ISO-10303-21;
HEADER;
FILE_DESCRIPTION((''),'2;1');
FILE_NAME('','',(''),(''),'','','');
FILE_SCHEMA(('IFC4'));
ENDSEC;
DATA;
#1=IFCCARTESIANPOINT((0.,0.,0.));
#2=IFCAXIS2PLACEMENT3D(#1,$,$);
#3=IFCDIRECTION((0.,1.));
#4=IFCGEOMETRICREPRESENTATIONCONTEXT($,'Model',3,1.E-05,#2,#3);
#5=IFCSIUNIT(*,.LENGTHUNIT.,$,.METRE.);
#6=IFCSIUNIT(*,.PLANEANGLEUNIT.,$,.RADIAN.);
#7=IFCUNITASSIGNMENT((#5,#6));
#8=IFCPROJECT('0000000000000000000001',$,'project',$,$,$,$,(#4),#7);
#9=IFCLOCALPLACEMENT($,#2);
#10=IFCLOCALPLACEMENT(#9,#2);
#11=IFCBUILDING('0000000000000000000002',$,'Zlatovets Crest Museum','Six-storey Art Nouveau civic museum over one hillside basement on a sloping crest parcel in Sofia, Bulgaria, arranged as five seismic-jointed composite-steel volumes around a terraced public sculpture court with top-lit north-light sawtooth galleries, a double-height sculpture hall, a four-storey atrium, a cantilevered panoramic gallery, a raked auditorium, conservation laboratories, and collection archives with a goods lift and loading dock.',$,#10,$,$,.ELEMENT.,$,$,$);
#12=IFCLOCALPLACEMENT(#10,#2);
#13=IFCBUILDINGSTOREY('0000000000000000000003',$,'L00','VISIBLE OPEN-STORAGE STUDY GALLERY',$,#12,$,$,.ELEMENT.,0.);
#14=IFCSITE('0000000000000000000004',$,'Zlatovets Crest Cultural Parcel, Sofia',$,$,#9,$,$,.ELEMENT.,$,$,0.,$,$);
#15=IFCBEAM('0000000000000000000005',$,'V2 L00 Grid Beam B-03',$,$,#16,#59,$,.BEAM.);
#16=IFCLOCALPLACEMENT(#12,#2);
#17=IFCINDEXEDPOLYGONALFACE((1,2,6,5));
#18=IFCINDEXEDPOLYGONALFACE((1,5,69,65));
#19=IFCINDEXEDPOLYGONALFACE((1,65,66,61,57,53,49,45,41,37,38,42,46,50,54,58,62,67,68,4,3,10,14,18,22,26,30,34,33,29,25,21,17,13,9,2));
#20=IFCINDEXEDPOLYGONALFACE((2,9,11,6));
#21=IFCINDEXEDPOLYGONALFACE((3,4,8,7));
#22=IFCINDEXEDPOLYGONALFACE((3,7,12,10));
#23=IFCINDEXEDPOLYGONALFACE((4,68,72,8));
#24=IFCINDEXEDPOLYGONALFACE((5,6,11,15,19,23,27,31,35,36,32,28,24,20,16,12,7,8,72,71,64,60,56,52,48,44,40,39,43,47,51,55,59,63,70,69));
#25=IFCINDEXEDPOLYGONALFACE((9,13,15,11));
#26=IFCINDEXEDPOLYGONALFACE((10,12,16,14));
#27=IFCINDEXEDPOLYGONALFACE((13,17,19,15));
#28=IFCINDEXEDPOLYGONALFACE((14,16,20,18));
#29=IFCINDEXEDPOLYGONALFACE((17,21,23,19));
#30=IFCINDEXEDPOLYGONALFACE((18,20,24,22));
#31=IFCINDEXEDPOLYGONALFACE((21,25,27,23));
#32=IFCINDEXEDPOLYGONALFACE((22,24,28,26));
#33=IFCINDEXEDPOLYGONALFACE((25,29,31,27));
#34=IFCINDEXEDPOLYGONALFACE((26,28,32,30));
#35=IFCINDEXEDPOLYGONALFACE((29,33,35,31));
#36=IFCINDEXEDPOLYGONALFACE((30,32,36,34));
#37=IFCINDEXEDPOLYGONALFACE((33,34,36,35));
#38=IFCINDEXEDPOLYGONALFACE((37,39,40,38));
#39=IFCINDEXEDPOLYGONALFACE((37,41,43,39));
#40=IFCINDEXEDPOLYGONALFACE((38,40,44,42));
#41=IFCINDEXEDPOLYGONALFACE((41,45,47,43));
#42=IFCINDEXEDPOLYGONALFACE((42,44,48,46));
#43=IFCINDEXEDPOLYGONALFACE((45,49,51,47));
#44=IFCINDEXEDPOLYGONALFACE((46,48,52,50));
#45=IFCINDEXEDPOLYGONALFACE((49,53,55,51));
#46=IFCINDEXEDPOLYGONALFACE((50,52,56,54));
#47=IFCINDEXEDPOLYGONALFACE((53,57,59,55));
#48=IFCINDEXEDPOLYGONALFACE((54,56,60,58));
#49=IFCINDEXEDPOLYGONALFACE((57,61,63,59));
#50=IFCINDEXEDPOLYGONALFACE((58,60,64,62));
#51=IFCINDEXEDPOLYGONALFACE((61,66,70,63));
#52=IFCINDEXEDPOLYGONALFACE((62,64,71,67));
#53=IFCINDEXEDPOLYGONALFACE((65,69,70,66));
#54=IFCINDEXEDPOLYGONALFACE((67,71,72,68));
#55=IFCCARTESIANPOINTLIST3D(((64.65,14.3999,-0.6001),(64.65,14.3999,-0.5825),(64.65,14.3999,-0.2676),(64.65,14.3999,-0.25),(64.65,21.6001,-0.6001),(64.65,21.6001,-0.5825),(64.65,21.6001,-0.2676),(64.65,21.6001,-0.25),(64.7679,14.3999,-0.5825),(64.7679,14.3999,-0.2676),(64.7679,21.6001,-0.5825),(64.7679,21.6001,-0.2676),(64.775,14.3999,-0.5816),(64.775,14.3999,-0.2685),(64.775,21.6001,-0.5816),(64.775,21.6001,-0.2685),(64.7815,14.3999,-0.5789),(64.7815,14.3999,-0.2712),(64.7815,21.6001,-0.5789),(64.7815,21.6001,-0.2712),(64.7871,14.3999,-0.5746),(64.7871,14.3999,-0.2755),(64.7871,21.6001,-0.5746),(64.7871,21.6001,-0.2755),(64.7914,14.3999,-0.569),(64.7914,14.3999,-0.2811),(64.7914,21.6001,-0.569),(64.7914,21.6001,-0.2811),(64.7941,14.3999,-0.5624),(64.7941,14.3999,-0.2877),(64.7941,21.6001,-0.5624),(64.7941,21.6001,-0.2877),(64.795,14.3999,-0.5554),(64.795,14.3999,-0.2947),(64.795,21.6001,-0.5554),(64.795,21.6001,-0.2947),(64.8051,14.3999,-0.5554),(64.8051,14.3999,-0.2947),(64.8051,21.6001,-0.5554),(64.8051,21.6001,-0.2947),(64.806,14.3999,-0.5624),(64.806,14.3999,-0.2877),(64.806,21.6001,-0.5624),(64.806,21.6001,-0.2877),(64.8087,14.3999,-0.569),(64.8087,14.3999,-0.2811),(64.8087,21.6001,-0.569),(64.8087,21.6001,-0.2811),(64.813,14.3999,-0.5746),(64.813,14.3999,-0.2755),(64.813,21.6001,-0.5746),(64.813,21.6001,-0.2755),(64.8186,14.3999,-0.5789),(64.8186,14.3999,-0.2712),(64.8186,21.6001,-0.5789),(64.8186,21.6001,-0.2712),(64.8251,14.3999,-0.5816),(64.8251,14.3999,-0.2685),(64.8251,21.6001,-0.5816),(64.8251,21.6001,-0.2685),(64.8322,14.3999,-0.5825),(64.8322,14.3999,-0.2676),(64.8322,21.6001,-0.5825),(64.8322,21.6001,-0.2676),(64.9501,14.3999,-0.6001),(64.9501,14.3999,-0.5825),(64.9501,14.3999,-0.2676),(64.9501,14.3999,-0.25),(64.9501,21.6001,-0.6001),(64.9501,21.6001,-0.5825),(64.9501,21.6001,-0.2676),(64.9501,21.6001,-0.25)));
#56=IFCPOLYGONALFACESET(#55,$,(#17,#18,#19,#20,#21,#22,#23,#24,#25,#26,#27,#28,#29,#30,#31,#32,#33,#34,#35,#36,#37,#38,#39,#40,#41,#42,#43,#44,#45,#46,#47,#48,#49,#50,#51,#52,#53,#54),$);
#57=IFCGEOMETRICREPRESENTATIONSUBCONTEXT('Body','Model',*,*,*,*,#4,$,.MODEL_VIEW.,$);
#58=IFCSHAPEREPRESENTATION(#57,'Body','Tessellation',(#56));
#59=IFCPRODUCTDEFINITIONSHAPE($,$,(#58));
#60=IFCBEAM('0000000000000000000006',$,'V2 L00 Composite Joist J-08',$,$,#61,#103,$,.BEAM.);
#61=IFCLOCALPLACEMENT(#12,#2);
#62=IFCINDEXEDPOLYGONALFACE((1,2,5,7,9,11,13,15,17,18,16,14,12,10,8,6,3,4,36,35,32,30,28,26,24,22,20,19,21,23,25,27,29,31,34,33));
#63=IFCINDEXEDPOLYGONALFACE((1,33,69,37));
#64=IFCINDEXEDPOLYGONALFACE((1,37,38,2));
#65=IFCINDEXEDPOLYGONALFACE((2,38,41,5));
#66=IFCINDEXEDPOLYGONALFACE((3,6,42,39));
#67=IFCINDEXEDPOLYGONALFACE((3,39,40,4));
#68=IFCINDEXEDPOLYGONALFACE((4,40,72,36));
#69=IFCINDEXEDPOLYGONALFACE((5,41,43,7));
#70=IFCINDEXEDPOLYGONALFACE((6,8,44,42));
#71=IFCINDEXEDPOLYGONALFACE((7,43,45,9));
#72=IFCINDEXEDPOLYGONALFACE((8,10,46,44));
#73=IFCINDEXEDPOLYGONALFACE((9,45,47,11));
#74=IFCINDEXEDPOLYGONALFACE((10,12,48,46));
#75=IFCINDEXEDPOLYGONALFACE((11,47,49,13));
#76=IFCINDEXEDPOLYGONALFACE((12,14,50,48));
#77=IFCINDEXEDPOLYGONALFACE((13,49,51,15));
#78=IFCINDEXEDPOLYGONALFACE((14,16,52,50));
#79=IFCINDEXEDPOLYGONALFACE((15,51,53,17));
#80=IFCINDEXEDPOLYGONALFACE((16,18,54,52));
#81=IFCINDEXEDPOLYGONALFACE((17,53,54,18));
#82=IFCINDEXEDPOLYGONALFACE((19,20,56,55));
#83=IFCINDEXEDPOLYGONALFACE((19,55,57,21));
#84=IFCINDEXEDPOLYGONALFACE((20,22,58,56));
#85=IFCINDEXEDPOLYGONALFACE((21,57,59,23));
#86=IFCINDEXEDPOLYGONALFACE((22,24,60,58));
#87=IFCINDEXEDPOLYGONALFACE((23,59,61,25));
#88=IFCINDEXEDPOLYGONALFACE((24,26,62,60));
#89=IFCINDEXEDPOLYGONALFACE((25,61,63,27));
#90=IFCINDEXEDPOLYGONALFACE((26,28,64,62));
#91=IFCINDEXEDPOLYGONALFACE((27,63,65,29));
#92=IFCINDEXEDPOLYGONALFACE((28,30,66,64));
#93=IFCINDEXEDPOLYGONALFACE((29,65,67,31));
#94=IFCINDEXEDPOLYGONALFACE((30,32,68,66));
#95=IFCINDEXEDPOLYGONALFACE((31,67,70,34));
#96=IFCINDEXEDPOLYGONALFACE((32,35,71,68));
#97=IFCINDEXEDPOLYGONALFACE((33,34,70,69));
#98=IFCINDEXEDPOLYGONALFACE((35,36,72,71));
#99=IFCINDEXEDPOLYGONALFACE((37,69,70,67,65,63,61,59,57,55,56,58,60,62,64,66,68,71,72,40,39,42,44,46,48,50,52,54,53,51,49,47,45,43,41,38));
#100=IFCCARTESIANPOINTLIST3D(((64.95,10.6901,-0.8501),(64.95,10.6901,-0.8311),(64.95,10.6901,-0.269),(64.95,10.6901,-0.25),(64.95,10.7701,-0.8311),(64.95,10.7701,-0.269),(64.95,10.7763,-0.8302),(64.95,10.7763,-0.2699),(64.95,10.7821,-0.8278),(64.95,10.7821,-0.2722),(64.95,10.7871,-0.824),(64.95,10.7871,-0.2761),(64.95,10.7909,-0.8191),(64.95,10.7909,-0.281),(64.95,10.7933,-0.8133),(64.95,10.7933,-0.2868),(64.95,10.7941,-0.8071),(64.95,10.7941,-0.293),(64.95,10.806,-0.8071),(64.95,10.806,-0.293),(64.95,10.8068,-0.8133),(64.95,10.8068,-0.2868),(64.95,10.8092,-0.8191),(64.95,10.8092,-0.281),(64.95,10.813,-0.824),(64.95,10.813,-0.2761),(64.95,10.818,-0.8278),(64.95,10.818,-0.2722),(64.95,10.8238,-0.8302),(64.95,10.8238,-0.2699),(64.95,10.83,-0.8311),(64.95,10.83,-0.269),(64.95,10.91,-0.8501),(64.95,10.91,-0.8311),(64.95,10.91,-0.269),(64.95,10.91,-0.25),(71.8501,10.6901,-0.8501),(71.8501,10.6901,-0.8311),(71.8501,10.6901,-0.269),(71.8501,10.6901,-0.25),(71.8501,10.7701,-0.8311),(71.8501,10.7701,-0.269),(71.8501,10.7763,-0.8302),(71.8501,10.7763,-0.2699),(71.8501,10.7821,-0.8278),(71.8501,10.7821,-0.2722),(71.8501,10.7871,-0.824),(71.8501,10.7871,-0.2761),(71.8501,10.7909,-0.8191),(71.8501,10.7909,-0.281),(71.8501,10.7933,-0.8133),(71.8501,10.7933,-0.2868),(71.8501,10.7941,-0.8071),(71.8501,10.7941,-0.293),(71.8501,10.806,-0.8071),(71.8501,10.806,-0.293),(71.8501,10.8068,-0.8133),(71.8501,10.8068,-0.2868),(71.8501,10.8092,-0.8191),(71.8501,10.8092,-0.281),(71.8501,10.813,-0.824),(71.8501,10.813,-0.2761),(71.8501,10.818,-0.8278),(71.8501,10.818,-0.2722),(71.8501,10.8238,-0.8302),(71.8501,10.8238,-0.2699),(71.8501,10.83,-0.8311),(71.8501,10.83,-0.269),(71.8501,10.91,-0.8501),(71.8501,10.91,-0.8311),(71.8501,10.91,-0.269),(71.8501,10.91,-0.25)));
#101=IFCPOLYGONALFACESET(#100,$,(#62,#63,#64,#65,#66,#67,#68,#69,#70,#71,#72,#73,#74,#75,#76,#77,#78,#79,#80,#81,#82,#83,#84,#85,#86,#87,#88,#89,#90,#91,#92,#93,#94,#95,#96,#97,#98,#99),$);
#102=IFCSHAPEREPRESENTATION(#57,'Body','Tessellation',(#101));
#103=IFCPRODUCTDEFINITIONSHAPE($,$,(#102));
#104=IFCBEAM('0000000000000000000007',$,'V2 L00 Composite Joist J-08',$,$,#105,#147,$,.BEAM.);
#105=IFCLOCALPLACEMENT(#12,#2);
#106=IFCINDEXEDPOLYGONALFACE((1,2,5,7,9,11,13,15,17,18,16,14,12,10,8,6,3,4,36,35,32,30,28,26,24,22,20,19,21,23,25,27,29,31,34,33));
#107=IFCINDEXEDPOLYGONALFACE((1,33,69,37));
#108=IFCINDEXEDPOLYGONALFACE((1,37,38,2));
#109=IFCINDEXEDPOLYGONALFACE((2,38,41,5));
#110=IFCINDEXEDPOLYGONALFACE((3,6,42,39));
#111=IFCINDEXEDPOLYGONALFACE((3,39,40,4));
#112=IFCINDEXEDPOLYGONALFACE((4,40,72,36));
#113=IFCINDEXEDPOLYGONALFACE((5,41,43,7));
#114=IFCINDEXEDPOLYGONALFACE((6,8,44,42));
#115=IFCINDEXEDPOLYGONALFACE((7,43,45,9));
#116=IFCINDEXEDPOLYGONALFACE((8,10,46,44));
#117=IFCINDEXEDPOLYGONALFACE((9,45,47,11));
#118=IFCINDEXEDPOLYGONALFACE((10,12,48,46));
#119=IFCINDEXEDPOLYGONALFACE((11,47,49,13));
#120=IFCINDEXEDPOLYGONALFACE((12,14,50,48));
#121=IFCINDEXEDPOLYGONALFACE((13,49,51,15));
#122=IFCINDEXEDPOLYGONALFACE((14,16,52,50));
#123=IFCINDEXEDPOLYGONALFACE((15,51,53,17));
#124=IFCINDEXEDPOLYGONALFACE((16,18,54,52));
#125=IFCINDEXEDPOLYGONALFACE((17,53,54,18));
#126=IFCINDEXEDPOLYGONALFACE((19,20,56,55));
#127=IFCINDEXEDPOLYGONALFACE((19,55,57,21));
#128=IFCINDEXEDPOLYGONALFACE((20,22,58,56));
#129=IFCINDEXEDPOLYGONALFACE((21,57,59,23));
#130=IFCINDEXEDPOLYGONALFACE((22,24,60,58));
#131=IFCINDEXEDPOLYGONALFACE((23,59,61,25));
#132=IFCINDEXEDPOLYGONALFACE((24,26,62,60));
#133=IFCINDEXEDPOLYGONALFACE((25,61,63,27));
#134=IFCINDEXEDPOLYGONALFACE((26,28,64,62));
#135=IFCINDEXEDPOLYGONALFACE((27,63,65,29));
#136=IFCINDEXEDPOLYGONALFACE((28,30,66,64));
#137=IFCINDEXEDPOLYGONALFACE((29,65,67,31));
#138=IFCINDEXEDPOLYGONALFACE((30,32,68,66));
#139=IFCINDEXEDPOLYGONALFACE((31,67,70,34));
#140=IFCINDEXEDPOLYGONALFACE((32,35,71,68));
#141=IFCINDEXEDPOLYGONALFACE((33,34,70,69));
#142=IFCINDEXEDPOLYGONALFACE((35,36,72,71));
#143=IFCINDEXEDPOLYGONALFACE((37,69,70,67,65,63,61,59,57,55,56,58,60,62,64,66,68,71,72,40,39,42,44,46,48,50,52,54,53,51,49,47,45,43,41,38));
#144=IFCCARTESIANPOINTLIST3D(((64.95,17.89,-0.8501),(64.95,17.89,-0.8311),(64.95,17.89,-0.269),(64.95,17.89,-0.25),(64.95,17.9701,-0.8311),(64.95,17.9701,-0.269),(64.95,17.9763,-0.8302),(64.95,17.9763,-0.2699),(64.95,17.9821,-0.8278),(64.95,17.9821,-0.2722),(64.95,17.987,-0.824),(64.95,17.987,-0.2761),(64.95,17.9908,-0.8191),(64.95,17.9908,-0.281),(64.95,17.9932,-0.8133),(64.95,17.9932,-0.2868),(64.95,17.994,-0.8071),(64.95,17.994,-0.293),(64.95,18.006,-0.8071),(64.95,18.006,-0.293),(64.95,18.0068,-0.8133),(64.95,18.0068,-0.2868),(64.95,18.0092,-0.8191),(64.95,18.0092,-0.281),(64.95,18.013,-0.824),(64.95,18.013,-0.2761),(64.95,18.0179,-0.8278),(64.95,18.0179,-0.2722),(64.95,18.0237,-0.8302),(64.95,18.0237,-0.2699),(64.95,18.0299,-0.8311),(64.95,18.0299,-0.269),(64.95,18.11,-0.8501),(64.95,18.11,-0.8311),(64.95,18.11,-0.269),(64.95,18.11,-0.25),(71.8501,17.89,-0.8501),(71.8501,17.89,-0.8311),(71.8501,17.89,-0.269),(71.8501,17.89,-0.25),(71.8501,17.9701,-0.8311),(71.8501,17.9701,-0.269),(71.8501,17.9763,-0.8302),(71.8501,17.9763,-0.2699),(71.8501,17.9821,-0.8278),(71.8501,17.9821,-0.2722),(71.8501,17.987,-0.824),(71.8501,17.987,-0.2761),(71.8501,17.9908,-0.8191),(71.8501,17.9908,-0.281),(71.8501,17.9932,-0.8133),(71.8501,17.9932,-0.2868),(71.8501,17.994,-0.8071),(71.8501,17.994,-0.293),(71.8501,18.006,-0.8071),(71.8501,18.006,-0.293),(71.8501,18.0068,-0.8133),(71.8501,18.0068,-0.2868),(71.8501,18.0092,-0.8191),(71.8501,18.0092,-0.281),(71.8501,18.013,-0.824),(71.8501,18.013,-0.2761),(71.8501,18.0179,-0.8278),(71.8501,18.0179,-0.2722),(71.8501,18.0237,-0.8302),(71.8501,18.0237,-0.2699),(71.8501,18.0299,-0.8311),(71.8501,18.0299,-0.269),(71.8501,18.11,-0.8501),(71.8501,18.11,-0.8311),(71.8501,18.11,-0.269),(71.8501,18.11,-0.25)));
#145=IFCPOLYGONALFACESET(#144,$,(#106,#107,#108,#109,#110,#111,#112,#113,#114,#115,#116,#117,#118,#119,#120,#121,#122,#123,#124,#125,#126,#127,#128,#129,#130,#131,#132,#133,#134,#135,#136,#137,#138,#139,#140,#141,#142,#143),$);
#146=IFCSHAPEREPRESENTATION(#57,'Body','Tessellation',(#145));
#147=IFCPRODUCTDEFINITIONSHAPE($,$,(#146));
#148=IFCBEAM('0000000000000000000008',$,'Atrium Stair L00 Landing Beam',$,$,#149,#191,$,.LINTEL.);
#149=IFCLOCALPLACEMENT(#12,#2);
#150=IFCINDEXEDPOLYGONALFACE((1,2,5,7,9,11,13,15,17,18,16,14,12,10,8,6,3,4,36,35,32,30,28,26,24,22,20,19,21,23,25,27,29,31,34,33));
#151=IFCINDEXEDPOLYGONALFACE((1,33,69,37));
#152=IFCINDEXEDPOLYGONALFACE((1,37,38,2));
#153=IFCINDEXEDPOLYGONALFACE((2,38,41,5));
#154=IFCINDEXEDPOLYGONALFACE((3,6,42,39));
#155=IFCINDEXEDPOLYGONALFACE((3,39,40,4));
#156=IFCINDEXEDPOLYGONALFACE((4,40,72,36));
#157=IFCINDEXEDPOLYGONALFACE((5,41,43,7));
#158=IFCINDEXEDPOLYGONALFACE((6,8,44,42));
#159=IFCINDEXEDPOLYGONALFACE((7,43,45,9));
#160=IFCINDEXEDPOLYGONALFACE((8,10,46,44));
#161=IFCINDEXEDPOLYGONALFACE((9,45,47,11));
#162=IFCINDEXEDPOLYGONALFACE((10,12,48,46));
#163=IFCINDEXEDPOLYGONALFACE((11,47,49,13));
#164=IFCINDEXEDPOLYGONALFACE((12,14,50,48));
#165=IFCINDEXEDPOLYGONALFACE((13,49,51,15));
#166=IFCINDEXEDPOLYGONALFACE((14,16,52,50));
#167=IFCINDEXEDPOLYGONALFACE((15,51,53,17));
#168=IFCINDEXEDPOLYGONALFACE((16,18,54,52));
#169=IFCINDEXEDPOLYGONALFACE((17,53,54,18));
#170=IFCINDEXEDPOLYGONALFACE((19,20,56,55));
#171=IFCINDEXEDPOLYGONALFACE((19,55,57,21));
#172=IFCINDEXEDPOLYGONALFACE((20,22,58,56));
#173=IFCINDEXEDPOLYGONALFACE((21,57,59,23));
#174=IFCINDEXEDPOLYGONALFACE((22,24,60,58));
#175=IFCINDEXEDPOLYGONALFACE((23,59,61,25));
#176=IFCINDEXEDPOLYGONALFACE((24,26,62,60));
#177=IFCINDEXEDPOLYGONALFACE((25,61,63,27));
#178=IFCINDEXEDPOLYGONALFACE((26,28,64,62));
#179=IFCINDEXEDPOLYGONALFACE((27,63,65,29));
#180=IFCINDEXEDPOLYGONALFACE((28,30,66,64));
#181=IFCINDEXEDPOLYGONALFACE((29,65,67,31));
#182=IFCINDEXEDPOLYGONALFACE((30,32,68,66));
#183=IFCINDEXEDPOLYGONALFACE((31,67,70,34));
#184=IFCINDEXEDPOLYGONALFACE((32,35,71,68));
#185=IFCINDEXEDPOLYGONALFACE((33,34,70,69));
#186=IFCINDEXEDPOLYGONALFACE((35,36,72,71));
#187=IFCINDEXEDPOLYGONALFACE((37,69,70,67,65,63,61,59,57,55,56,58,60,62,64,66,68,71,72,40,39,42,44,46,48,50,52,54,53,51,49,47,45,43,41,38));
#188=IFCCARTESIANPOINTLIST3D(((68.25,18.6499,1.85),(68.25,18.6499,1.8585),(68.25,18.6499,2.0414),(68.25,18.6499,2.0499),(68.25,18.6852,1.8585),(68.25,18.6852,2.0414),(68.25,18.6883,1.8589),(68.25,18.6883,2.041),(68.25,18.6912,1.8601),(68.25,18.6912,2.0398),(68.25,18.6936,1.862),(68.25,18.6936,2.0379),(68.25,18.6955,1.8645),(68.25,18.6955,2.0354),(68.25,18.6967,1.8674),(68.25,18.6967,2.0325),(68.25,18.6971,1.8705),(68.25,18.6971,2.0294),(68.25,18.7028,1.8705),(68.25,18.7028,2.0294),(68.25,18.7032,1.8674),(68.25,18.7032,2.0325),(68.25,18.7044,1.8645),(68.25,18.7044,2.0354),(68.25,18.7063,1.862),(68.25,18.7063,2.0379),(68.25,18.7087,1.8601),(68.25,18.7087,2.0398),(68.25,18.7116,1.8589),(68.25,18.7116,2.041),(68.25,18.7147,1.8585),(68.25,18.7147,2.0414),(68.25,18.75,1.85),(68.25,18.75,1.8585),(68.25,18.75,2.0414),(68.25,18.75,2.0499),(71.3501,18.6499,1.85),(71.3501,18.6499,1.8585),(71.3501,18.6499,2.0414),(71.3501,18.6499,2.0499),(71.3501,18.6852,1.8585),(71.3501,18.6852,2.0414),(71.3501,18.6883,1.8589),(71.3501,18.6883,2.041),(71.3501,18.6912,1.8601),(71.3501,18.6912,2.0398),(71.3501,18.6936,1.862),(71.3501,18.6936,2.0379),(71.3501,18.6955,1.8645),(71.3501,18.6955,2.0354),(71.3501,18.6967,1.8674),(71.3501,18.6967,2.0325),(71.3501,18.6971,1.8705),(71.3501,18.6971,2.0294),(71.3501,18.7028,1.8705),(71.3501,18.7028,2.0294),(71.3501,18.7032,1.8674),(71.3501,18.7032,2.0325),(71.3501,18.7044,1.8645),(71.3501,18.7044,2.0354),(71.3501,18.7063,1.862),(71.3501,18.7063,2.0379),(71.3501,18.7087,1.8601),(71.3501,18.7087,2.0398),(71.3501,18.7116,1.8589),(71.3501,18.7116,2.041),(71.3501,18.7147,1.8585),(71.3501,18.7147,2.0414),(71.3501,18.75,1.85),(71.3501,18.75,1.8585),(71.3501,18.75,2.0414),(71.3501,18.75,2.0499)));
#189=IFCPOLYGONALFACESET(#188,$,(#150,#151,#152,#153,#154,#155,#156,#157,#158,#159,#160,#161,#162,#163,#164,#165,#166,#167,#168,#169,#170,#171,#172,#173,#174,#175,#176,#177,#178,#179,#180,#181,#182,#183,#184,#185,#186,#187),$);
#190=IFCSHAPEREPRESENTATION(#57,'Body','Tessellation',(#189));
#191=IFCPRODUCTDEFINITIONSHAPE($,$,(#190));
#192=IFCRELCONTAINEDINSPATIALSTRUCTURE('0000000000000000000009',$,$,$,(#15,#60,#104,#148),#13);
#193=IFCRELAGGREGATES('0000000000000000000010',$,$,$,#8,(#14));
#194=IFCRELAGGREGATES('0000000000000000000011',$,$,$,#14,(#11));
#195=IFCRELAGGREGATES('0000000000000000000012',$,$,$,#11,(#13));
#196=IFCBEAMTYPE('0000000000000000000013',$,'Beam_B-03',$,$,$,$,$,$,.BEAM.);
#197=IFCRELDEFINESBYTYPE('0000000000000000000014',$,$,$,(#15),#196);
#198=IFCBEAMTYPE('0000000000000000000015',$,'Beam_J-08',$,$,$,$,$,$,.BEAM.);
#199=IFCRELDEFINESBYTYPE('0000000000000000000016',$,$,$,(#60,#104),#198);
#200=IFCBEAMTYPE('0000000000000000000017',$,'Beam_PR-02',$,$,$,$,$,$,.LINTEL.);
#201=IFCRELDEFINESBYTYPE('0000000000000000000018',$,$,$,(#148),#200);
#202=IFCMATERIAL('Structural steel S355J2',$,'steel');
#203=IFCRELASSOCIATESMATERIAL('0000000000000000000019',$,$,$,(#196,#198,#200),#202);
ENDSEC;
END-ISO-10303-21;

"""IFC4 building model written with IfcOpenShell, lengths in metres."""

from ifc_helpers import new_model, si_unit, direction, frame, origin, origin_2d, place, context, subcontext, project, spatial, i_section, extrude, material, material_profile, profile_set, type_object, element, save


model = new_model("IFC4")

# Units and contexts
model_context = context("Model", 3, precision=1e-05, world=origin(), true_north=direction((0.0, 1.0)))
body_context = subcontext(model_context, "Body", "Model", "MODEL_VIEW")
ifc_project = project(units=[si_unit("LENGTHUNIT", "METRE"), si_unit("PLANEANGLEUNIT", "RADIAN")], contexts=[model_context])

# Site, building, storey
site_placement = place(None, origin())
site = spatial("IfcSite", under=ifc_project, at=site_placement, Name="Zlatovets Crest Cultural Parcel, Sofia", CompositionType="ELEMENT", RefElevation=0.0)
building_placement = place(site_placement, origin())
building = spatial("IfcBuilding", under=site, at=building_placement, Name="Zlatovets Crest Museum", Description="Six-storey Art Nouveau civic museum over one hillside basement on a sloping crest parcel in Sofia, Bulgaria, arranged as five seismic-jointed composite-steel volumes around a terraced public sculpture court with top-lit north-light sawtooth galleries, a double-height sculpture hall, a four-storey atrium, a cantilevered panoramic gallery, a raked auditorium, conservation laboratories, and collection archives with a goods lift and loading dock.", CompositionType="ELEMENT")
storey_placement = place(building_placement, origin())
storey = spatial("IfcBuildingStorey", under=building, at=storey_placement, Name="L00", Description="VISIBLE OPEN-STORAGE STUDY GALLERY", CompositionType="ELEMENT", Elevation=0.0)

# Shared definitions
ifc_material_1 = material(Name="Structural steel S355J2", Category="steel")

# Beams
ifc_material_profile_1 = material_profile(ifc_material_1, i_section(OverallWidth=0.3, OverallDepth=0.3501, WebThickness=0.01, FlangeThickness=0.0176, FilletRadius=0.0271, at=origin_2d()), Name="HEA 360")
ifc_profile_set_1 = profile_set([ifc_material_profile_1], Name="Structural steel S355J2")
beam_type_1 = type_object("IfcBeamType", Name="Beam_B-03", PredefinedType="BEAM", material=ifc_profile_set_1)
beam_1_placement = place(storey_placement, frame((64.8, 14.3999, -0.425), z_axis=(0.0, 1.0, 0.0), x_axis=(-1.0, 0.0, 0.0)))
element("IfcBeam", 1, at=beam_1_placement, inside=storey, type_object=beam_type_1, Name="V2 L00 Grid Beam B-03", PredefinedType="BEAM", context=body_context, shape_type="SweptSolid", body=[
    extrude(i_section(OverallWidth=0.3, OverallDepth=0.3501, WebThickness=0.01, FlangeThickness=0.0176, FilletRadius=0.0271, at=origin_2d()), origin(), (0.0, 0.0, 1.0), 7.2002),
])
ifc_material_profile_2 = material_profile(ifc_material_1, i_section(OverallWidth=0.22, OverallDepth=0.6001, WebThickness=0.012, FlangeThickness=0.019, FilletRadius=0.0239, at=origin_2d()), Name="IPE 600")
ifc_profile_set_2 = profile_set([ifc_material_profile_2], Name="Structural steel S355J2")
beam_type_2 = type_object("IfcBeamType", Name="Beam_J-08", PredefinedType="BEAM", material=ifc_profile_set_2)
for number, where, z_axis, x_axis, name in (
    (2, (64.95, 10.8, -0.55), (1.0, 0.0, 0.0), (0.0, 1.0, 0.0), "V2 L00 Composite Joist J-08"),
    (3, (64.95, 18.0, -0.55), (1.0, 0.0, 0.0), (0.0, 1.0, 0.0), "V2 L00 Composite Joist J-08"),
):
    element("IfcBeam", number, at=place(storey_placement, frame(where, z_axis=z_axis, x_axis=x_axis)), inside=storey, type_object=beam_type_2, Name=name, PredefinedType="BEAM", context=body_context, shape_type="SweptSolid", body=[
        extrude(i_section(OverallWidth=0.22, OverallDepth=0.6001, WebThickness=0.012, FlangeThickness=0.019, FilletRadius=0.0239, at=origin_2d()), origin(), (0.0, 0.0, 1.0), 6.9001),
    ])
ifc_material_profile_3 = material_profile(ifc_material_1, i_section(OverallWidth=0.1001, OverallDepth=0.2, WebThickness=0.0056, FlangeThickness=0.0085, FilletRadius=0.012, at=origin_2d()), Name="IPE 200")
ifc_profile_set_3 = profile_set([ifc_material_profile_3], Name="Structural steel S355J2")
beam_type_3 = type_object("IfcBeamType", Name="Beam_PR-02", PredefinedType="LINTEL", material=ifc_profile_set_3)
for number, where, z_axis, x_axis, name in (
    (4, (68.25, 18.7, 1.95), (1.0, 0.0, 0.0), (0.0, 1.0, 0.0), "Atrium Stair L00 Landing Beam"),
):
    element("IfcBeam", number, at=place(storey_placement, frame(where, z_axis=z_axis, x_axis=x_axis)), inside=storey, type_object=beam_type_3, Name=name, PredefinedType="LINTEL", context=body_context, shape_type="SweptSolid", body=[
        extrude(i_section(OverallWidth=0.1001, OverallDepth=0.2, WebThickness=0.0056, FlangeThickness=0.0085, FilletRadius=0.012, at=origin_2d()), origin(), (0.0, 0.0, 1.0), 3.1001),
    ])

save(model, "model.ifc")
